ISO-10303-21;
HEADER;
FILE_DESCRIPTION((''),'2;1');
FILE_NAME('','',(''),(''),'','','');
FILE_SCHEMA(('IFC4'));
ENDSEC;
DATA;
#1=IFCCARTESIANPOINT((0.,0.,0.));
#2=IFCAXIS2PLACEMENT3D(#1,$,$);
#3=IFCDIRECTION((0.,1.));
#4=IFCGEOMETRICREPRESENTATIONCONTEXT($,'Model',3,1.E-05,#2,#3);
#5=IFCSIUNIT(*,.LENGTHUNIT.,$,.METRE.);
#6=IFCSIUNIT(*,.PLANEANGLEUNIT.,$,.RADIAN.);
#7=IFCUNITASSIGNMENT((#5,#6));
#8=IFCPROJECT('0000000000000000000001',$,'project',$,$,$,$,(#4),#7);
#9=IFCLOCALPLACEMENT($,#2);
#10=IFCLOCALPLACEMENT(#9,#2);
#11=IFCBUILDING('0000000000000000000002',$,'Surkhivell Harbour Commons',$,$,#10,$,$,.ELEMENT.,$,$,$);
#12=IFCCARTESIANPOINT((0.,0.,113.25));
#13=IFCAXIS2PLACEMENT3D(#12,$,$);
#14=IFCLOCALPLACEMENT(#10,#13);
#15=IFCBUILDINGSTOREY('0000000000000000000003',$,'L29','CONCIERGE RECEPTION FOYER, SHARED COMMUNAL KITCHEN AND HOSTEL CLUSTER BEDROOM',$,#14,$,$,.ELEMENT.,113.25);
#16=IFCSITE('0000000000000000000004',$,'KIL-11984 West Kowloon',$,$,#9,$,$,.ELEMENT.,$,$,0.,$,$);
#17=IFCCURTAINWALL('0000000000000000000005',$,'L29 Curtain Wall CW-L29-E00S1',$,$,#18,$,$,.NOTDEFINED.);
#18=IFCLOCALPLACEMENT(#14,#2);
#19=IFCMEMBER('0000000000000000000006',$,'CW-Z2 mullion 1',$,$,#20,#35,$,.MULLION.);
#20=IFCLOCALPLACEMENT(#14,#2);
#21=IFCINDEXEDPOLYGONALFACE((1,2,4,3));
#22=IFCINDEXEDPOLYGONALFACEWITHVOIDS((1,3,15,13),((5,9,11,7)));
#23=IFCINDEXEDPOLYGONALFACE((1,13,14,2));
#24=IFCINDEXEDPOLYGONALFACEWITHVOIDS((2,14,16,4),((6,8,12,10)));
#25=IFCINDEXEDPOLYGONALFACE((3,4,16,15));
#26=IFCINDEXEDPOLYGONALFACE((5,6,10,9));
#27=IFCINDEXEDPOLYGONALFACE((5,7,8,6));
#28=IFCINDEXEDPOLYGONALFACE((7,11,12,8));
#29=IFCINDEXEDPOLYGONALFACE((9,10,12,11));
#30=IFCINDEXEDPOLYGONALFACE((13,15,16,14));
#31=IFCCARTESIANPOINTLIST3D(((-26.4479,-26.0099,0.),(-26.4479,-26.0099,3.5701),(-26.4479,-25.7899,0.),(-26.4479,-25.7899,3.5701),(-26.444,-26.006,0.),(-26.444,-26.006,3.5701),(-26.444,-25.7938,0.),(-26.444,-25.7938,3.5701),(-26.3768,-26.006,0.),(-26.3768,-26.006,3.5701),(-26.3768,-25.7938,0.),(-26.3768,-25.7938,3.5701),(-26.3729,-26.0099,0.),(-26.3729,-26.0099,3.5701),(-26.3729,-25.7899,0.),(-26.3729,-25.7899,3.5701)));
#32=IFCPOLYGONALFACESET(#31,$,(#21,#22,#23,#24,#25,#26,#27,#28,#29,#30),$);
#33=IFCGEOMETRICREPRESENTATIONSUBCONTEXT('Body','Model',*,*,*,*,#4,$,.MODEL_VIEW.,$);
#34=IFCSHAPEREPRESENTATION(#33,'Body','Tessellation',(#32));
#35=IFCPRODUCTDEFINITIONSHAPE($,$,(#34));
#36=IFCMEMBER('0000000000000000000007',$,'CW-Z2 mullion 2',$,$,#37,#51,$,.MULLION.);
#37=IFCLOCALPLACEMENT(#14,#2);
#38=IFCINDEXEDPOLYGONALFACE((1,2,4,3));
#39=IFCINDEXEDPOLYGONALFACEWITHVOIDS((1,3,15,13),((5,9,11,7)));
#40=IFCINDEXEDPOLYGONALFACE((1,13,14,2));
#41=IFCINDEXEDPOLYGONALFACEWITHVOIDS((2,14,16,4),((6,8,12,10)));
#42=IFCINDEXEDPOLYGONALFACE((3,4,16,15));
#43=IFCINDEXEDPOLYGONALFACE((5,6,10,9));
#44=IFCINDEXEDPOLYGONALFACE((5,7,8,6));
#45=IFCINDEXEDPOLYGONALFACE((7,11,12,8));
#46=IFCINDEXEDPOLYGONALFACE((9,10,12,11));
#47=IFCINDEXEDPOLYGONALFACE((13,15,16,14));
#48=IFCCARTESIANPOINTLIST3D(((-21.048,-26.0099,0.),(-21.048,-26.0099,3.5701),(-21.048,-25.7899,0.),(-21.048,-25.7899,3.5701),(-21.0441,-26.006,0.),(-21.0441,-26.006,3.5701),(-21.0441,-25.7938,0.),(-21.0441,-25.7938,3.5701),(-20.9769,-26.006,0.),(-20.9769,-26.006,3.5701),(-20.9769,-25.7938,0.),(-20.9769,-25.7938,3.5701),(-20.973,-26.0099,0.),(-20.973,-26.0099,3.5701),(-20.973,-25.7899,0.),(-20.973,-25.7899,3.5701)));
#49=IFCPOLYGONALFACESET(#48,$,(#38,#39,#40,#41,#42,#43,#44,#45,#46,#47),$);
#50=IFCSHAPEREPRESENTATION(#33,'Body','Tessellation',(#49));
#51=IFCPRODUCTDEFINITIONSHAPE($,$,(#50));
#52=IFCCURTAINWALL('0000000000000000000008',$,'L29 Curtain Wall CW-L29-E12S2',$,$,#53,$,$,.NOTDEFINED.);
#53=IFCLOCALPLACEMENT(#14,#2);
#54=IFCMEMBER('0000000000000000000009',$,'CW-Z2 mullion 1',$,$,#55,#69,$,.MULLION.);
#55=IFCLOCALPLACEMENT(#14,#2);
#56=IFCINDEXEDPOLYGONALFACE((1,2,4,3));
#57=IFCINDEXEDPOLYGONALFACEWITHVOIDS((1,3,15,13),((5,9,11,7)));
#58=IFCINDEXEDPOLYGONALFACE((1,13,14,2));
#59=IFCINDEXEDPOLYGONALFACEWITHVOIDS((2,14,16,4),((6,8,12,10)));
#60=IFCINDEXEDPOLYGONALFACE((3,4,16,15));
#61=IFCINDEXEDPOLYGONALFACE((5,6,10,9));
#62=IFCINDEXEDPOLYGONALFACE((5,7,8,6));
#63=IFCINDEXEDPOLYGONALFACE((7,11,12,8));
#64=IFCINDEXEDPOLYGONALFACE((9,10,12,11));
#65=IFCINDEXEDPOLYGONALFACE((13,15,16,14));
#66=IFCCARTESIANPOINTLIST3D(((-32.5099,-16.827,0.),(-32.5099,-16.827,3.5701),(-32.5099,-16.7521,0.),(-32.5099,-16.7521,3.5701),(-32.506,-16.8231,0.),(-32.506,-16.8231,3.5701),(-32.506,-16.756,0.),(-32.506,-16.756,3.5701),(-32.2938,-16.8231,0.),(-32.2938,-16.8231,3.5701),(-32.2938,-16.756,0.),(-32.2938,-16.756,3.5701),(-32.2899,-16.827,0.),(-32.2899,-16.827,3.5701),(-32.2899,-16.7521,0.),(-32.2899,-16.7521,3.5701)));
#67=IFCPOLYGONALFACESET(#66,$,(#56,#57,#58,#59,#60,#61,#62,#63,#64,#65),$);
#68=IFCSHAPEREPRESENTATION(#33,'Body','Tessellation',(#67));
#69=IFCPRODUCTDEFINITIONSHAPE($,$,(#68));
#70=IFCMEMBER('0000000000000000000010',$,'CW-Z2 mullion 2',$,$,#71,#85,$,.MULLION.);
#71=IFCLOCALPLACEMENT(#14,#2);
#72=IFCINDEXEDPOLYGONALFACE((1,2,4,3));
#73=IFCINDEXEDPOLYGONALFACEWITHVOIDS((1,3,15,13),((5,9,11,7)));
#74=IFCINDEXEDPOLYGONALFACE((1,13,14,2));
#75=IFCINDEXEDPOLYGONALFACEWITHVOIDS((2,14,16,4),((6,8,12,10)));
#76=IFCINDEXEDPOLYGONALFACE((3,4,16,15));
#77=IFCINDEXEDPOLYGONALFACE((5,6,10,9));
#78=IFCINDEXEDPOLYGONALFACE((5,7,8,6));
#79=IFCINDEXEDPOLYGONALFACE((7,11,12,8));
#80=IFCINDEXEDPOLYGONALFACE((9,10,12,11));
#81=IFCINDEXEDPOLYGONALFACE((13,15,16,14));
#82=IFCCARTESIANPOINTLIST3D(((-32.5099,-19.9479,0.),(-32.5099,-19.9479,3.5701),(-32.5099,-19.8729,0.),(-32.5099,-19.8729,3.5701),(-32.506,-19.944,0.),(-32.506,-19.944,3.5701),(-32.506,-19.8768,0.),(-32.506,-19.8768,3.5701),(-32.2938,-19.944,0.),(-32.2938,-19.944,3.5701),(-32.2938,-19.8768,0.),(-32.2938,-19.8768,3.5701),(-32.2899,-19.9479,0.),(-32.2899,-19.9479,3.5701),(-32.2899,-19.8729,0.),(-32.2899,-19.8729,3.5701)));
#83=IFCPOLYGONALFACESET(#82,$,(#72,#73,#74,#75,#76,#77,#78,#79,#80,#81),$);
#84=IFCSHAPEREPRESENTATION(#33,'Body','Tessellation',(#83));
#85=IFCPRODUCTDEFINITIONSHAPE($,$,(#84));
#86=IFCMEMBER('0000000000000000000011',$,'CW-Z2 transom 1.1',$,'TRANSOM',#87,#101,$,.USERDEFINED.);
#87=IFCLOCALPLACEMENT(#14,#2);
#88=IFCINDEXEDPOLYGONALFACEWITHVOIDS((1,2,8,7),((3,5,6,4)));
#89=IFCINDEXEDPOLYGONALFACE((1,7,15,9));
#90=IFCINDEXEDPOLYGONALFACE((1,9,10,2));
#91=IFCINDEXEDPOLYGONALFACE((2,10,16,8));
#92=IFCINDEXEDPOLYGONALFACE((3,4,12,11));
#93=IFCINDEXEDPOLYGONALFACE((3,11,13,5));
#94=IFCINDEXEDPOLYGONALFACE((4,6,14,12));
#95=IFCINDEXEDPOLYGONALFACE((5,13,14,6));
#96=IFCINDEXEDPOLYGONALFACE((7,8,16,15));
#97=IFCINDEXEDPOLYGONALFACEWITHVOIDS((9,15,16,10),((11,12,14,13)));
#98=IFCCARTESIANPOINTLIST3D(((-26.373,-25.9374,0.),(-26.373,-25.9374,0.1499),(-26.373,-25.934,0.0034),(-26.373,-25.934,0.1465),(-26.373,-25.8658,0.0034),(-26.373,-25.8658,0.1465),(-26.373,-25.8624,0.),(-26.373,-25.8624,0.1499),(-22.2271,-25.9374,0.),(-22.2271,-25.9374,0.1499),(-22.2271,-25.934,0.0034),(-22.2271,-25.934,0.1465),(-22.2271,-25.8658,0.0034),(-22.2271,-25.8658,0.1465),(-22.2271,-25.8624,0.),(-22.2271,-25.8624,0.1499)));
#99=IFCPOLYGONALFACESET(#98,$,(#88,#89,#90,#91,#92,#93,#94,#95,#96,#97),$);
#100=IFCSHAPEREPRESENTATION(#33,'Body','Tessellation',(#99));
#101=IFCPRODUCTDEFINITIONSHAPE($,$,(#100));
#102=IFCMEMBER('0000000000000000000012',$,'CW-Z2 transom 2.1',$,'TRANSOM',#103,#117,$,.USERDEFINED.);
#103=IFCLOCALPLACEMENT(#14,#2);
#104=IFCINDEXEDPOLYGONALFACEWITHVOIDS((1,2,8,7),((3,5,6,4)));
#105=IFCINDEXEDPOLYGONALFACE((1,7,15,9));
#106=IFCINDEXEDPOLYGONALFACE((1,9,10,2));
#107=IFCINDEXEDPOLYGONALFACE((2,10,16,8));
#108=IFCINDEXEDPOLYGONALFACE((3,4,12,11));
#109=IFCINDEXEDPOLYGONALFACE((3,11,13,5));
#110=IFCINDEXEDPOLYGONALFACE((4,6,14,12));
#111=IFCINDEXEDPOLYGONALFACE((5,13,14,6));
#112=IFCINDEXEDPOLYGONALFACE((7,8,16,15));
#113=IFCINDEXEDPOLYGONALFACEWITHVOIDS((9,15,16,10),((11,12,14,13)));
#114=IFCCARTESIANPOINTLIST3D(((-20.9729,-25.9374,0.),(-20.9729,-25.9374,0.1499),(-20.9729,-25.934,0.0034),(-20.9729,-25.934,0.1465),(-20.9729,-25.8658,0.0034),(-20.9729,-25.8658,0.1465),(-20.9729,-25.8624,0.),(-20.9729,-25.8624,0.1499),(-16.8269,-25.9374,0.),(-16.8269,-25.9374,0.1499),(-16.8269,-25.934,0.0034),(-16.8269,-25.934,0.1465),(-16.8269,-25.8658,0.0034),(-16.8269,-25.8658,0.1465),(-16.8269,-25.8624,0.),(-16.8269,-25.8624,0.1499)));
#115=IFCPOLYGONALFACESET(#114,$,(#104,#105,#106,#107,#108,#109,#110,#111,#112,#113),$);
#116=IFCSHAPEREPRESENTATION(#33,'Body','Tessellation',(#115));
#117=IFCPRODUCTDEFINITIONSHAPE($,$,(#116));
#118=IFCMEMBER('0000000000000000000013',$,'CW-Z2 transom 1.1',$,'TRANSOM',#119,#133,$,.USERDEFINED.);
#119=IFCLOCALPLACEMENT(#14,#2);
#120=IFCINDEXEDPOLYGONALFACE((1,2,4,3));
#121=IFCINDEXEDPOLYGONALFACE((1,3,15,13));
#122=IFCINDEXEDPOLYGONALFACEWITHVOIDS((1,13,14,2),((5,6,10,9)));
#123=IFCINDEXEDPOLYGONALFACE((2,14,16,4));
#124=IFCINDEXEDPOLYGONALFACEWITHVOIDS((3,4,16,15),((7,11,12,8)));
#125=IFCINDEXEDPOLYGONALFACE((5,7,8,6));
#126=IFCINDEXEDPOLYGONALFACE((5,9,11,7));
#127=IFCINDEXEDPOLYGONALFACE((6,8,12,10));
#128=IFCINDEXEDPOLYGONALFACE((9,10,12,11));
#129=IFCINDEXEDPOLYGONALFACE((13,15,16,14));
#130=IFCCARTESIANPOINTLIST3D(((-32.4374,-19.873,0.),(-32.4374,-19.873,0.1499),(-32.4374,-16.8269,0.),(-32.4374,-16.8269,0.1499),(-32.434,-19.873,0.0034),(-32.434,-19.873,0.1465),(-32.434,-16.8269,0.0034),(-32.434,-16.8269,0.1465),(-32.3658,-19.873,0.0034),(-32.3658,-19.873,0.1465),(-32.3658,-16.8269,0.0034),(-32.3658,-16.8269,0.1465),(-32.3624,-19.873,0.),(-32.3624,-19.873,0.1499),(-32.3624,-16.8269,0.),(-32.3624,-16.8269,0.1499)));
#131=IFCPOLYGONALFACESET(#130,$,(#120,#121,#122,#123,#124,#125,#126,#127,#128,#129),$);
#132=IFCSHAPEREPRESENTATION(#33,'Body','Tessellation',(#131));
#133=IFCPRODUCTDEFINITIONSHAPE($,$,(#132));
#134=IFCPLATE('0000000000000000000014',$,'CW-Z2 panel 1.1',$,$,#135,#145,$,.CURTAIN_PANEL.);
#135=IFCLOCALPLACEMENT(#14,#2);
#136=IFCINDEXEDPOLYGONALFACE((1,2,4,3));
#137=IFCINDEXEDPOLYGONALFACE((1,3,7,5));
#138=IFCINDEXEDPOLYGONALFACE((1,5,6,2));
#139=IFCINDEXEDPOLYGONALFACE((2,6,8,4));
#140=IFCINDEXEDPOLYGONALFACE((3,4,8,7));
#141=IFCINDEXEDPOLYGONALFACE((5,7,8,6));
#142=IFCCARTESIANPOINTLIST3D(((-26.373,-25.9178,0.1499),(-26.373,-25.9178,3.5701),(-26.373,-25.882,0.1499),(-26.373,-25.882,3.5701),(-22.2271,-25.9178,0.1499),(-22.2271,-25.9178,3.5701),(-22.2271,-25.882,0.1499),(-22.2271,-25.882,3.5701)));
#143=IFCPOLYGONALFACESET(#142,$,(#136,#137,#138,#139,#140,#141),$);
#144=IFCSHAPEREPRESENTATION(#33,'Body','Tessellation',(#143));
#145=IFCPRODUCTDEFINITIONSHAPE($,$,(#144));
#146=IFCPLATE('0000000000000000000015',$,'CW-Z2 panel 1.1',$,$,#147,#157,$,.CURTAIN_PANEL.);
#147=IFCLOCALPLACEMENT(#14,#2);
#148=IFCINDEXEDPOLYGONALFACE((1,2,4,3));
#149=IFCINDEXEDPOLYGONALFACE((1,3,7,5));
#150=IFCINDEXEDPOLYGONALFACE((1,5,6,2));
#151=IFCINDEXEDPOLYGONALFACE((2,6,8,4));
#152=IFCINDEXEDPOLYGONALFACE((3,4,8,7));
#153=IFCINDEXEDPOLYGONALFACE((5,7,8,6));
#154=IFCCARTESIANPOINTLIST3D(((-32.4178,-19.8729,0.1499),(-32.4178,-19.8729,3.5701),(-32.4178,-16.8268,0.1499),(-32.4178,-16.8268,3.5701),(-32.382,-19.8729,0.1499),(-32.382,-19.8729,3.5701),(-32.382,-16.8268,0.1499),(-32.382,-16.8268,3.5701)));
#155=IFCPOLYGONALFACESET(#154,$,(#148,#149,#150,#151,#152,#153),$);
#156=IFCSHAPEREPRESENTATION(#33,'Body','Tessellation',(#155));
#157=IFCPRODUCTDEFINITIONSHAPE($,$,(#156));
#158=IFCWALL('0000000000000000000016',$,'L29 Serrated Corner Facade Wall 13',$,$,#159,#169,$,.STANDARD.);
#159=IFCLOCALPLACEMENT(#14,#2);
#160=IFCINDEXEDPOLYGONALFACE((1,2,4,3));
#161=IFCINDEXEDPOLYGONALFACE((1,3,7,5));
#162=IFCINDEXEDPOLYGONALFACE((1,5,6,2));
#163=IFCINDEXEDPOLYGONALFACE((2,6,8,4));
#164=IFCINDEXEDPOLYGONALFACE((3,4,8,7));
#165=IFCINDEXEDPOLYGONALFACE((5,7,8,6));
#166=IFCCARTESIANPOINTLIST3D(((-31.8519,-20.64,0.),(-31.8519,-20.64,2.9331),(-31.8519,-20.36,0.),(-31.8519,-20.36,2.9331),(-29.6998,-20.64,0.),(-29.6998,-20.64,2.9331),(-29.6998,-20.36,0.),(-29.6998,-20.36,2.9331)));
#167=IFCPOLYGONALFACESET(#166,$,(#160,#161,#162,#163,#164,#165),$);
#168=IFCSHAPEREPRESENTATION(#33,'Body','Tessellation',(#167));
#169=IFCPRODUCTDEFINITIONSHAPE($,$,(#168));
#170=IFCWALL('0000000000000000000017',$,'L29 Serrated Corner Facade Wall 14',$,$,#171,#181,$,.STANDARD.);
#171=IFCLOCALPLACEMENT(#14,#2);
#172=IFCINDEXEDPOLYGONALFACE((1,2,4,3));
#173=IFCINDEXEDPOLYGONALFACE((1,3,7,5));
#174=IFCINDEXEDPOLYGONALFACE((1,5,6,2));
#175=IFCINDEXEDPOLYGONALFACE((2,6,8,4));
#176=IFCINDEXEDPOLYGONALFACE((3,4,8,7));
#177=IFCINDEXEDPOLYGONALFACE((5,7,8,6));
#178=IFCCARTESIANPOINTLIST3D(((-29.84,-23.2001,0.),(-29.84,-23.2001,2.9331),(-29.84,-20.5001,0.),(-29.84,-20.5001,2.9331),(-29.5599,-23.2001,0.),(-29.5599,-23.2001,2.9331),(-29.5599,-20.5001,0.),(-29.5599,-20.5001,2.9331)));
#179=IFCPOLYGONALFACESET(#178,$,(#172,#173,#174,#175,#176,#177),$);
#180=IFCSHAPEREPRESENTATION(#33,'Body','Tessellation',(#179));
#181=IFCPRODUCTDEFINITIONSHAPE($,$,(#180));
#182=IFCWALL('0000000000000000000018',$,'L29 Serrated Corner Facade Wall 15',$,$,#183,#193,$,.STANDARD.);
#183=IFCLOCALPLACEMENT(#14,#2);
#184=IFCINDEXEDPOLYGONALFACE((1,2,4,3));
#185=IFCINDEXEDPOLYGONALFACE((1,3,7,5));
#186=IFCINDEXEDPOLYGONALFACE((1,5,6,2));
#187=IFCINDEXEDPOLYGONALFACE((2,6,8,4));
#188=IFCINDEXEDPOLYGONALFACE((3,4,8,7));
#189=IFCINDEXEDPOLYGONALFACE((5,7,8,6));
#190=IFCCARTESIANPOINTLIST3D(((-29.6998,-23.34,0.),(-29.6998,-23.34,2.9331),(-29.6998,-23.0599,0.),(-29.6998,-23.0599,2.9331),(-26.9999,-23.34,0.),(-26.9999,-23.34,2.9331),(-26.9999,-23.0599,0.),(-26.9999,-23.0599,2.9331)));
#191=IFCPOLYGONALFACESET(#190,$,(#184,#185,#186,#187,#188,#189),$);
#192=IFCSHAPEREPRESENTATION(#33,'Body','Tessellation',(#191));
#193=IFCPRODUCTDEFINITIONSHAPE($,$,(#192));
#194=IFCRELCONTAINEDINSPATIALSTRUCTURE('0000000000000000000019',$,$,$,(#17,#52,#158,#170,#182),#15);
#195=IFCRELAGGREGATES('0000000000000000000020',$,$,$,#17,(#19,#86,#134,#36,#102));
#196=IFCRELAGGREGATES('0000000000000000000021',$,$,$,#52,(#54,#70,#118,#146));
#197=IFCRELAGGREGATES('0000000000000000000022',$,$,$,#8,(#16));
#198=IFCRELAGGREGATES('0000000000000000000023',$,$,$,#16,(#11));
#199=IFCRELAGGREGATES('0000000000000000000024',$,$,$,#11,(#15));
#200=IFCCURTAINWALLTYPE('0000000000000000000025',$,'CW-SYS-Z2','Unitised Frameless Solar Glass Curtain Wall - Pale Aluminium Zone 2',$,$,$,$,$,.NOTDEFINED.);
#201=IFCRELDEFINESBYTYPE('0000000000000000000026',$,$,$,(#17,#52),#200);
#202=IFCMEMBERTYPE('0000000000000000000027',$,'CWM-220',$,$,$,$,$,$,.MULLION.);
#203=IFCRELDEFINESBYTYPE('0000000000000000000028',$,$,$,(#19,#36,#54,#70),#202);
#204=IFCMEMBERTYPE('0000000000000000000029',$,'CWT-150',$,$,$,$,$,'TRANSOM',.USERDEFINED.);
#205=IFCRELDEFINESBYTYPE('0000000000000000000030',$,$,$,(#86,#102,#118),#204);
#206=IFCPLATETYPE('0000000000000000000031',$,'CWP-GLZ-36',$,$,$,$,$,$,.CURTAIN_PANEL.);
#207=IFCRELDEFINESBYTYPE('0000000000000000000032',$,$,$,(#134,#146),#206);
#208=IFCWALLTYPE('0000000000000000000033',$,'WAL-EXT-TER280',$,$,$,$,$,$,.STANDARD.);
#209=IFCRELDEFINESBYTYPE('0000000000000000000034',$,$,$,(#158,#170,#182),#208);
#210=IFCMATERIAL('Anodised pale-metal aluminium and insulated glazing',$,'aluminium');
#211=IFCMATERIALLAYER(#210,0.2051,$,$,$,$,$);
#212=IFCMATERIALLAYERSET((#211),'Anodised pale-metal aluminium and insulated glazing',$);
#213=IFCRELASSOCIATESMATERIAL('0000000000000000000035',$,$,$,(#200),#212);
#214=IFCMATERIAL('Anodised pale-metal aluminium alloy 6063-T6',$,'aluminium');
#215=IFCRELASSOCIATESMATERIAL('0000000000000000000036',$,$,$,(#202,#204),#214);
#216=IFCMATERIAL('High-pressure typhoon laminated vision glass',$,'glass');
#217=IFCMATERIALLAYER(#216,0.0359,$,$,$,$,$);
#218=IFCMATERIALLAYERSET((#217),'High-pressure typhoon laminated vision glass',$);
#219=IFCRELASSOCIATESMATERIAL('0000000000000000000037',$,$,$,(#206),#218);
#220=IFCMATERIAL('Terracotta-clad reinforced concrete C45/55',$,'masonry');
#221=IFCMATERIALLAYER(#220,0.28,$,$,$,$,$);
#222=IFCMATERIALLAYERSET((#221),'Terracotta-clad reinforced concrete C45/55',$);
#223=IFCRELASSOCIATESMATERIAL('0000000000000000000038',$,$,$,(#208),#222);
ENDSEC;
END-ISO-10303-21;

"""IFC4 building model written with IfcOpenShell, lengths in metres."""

from ifc_helpers import new_model, si_unit, direction, frame, frame_2d, origin, origin_2d, place, context, subcontext, project, spatial, rectangle, hollow_rectangle, extrude, material, layer, layer_set, material_profile, profile_set, type_object, element, aggregate, save


model = new_model("IFC4")

# Units and contexts
model_context = context("Model", 3, precision=1e-05, world=origin(), true_north=direction((0.0, 1.0)))
body_context = subcontext(model_context, "Body", "Model", "MODEL_VIEW")
ifc_project = project(units=[si_unit("LENGTHUNIT", "METRE"), si_unit("PLANEANGLEUNIT", "RADIAN")], contexts=[model_context])

# Site, building, storey
site_placement = place(None, origin())
site = spatial("IfcSite", under=ifc_project, at=site_placement, Name="KIL-11984 West Kowloon", CompositionType="ELEMENT", RefElevation=0.0)
building_placement = place(site_placement, origin())
building = spatial("IfcBuilding", under=site, at=building_placement, Name="Surkhivell Harbour Commons", CompositionType="ELEMENT")
storey_placement = place(building_placement, frame((0.0, 0.0, 113.25)))
storey = spatial("IfcBuildingStorey", under=building, at=storey_placement, Name="L29", Description="CONCIERGE RECEPTION FOYER, SHARED COMMUNAL KITCHEN AND HOSTEL CLUSTER BEDROOM", CompositionType="ELEMENT", Elevation=113.25)

# Curtain walls, members
ifc_material_1 = material(Name="Anodised pale-metal aluminium and insulated glazing", Category="aluminium")
ifc_layer_1 = layer(ifc_material_1, 0.2051)
ifc_layer_set_1 = layer_set([ifc_layer_1], Name="Anodised pale-metal aluminium and insulated glazing")
curtain_wall_type = type_object("IfcCurtainWallType", Name="CW-SYS-Z2", Description="Unitised Frameless Solar Glass Curtain Wall - Pale Aluminium Zone 2", PredefinedType="NOTDEFINED", material=ifc_layer_set_1)
curtain_wall_1_placement = place(storey_placement, origin())
curtain_wall_1 = element("IfcCurtainWall", 1, at=curtain_wall_1_placement, inside=storey, type_object=curtain_wall_type, Name="L29 Curtain Wall CW-L29-E00S1", PredefinedType="NOTDEFINED")
ifc_material_2 = material(Name="Anodised pale-metal aluminium alloy 6063-T6", Category="aluminium")
ifc_material_profile_1 = material_profile(ifc_material_2, hollow_rectangle(XDim=0.075, YDim=0.22, WallThickness=0.0039, at=origin_2d()), Name="ALU-MULL-75x220")
ifc_profile_set_1 = profile_set([ifc_material_profile_1], Name="Anodised pale-metal aluminium alloy 6063-T6")
member_type_1 = type_object("IfcMemberType", Name="CWM-220", PredefinedType="MULLION", material=ifc_profile_set_1)
member_1_placement = place(storey_placement, frame((-26.4104, -25.8999, 0.0), z_axis=(0.0, 0.0, 1.0), x_axis=(1.0, 0.0, 0.0)))
member_1 = element("IfcMember", 2, at=member_1_placement, type_object=member_type_1, Name="CW-Z2 mullion 1", PredefinedType="MULLION", context=body_context, shape_type="SweptSolid", body=[
    extrude(hollow_rectangle(XDim=0.075, YDim=0.22, WallThickness=0.0039, at=origin_2d()), origin(), (0.0, 0.0, 1.0), 3.5701),
])
member_2_placement = place(storey_placement, frame((-21.0105, -25.8999, 0.0), z_axis=(0.0, 0.0, 1.0), x_axis=(1.0, 0.0, 0.0)))
member_2 = element("IfcMember", 3, at=member_2_placement, type_object=member_type_1, Name="CW-Z2 mullion 2", PredefinedType="MULLION", context=body_context, shape_type="SweptSolid", body=[
    extrude(hollow_rectangle(XDim=0.075, YDim=0.22, WallThickness=0.0039, at=origin_2d()), origin(), (0.0, 0.0, 1.0), 3.5701),
])
curtain_wall_2_placement = place(storey_placement, origin())
curtain_wall_2 = element("IfcCurtainWall", 4, at=curtain_wall_2_placement, inside=storey, type_object=curtain_wall_type, Name="L29 Curtain Wall CW-L29-E12S2", PredefinedType="NOTDEFINED")
member_3_placement = place(storey_placement, frame((-32.3999, -16.7896, 0.0), z_axis=(0.0, 0.0, 1.0), x_axis=(0.0, -1.0, 0.0)))
member_3 = element("IfcMember", 5, at=member_3_placement, type_object=member_type_1, Name="CW-Z2 mullion 1", PredefinedType="MULLION", context=body_context, shape_type="SweptSolid", body=[
    extrude(hollow_rectangle(XDim=0.075, YDim=0.22, WallThickness=0.0039, at=origin_2d()), origin(), (0.0, 0.0, 1.0), 3.5701),
])
member_4_placement = place(storey_placement, frame((-32.3999, -19.9104, 0.0), z_axis=(0.0, 0.0, 1.0), x_axis=(0.0, -1.0, 0.0)))
member_4 = element("IfcMember", 6, at=member_4_placement, type_object=member_type_1, Name="CW-Z2 mullion 2", PredefinedType="MULLION", context=body_context, shape_type="SweptSolid", body=[
    extrude(hollow_rectangle(XDim=0.075, YDim=0.22, WallThickness=0.0039, at=origin_2d()), origin(), (0.0, 0.0, 1.0), 3.5701),
])

# Members
ifc_material_profile_2 = material_profile(ifc_material_2, hollow_rectangle(XDim=0.075, YDim=0.1499, WallThickness=0.0034, at=origin_2d()), Name="ALU-TRAN-75x150")
ifc_profile_set_2 = profile_set([ifc_material_profile_2], Name="Anodised pale-metal aluminium alloy 6063-T6")
member_type_2 = type_object("IfcMemberType", Name="CWT-150", ElementType="TRANSOM", PredefinedType="USERDEFINED", material=ifc_profile_set_2)
member_5_placement = place(storey_placement, frame((-26.373, -25.8999, 0.075), z_axis=(1.0, 0.0, 0.0), x_axis=(0.0, 1.0, 0.0)))
member_5 = element("IfcMember", 7, at=member_5_placement, type_object=member_type_2, Name="CW-Z2 transom 1.1", ObjectType="TRANSOM", PredefinedType="USERDEFINED", context=body_context, shape_type="SweptSolid", body=[
    extrude(hollow_rectangle(XDim=0.075, YDim=0.1499, WallThickness=0.0034, at=origin_2d()), origin(), (0.0, 0.0, 1.0), 4.146),
])
member_6_placement = place(storey_placement, frame((-20.9729, -25.8999, 0.075), z_axis=(1.0, 0.0, 0.0), x_axis=(0.0, 1.0, 0.0)))
member_6 = element("IfcMember", 8, at=member_6_placement, type_object=member_type_2, Name="CW-Z2 transom 2.1", ObjectType="TRANSOM", PredefinedType="USERDEFINED", context=body_context, shape_type="SweptSolid", body=[
    extrude(hollow_rectangle(XDim=0.075, YDim=0.1499, WallThickness=0.0034, at=origin_2d()), origin(), (0.0, 0.0, 1.0), 4.146),
])
member_7_placement = place(storey_placement, frame((-32.3999, -16.8269, 0.075), z_axis=(0.0, -1.0, 0.0), x_axis=(1.0, 0.0, 0.0)))
member_7 = element("IfcMember", 9, at=member_7_placement, type_object=member_type_2, Name="CW-Z2 transom 1.1", ObjectType="TRANSOM", PredefinedType="USERDEFINED", context=body_context, shape_type="SweptSolid", body=[
    extrude(hollow_rectangle(XDim=0.075, YDim=0.1499, WallThickness=0.0034, at=origin_2d()), origin(), (0.0, 0.0, 1.0), 3.0461),
])

# Plates
ifc_material_3 = material(Name="High-pressure typhoon laminated vision glass", Category="glass")
ifc_layer_2 = layer(ifc_material_3, 0.0359)
ifc_layer_set_2 = layer_set([ifc_layer_2], Name="High-pressure typhoon laminated vision glass")
plate_type = type_object("IfcPlateType", Name="CWP-GLZ-36", PredefinedType="CURTAIN_PANEL", material=ifc_layer_set_2)
plate_1_placement = place(storey_placement, frame((-26.373, -25.8999, 0.1499), z_axis=(0.0, 0.0, 1.0), x_axis=(1.0, 0.0, 0.0)))
plate_1 = element("IfcPlate", 10, at=plate_1_placement, type_object=plate_type, Name="CW-Z2 panel 1.1", PredefinedType="CURTAIN_PANEL", context=body_context, shape_type="SweptSolid", body=[
    extrude(rectangle(XDim=4.146, YDim=0.0359, at=frame_2d((2.073, 0.0))), origin(), (0.0, 0.0, 1.0), 3.4202),
])
aggregate(curtain_wall_1, [member_1, member_5, plate_1, member_2, member_6])
plate_2_placement = place(storey_placement, frame((-32.3999, -16.8269, 0.1499), z_axis=(0.0, 0.0, 1.0), x_axis=(0.0, -1.0, 0.0)))
plate_2 = element("IfcPlate", 11, at=plate_2_placement, type_object=plate_type, Name="CW-Z2 panel 1.1", PredefinedType="CURTAIN_PANEL", context=body_context, shape_type="SweptSolid", body=[
    extrude(rectangle(XDim=3.0461, YDim=0.0359, at=frame_2d((1.5229, 0.0))), origin(), (0.0, 0.0, 1.0), 3.4202),
])
aggregate(curtain_wall_2, [member_3, member_4, member_7, plate_2])

# Walls
ifc_material_4 = material(Name="Terracotta-clad reinforced concrete C45/55", Category="masonry")
ifc_layer_3 = layer(ifc_material_4, 0.28)
ifc_layer_set_3 = layer_set([ifc_layer_3], Name="Terracotta-clad reinforced concrete C45/55")
wall_type = type_object("IfcWallType", Name="WAL-EXT-TER280", PredefinedType="STANDARD", material=ifc_layer_set_3)
wall_1_placement = place(storey_placement, frame((-31.8521, -20.5, 0.0), z_axis=(0.0, 0.0, 1.0), x_axis=(1.0, 0.0, 0.0)))
element("IfcWall", 12, at=wall_1_placement, inside=storey, type_object=wall_type, Name="L29 Serrated Corner Facade Wall 13", PredefinedType="STANDARD", context=body_context, shape_type="SweptSolid", body=[
    extrude(rectangle(XDim=2.1521, YDim=0.28, at=frame_2d((1.0762, 0.0))), origin(), (0.0, 0.0, 1.0), 2.9331),
])
for number, where, z_axis, x_axis, name in (
    (13, (-29.7, -20.5, 0.0), (0.0, 0.0, 1.0), (0.0, -1.0, 0.0), "L29 Serrated Corner Facade Wall 14"),
    (14, (-29.7, -23.2, 0.0), (0.0, 0.0, 1.0), (1.0, 0.0, 0.0), "L29 Serrated Corner Facade Wall 15"),
):
    element("IfcWall", number, at=place(storey_placement, frame(where, z_axis=z_axis, x_axis=x_axis)), inside=storey, type_object=wall_type, Name=name, PredefinedType="STANDARD", context=body_context, shape_type="SweptSolid", body=[
        extrude(rectangle(XDim=2.7, YDim=0.28, at=frame_2d((1.3501, 0.0))), origin(), (0.0, 0.0, 1.0), 2.9331),
    ])

save(model, "model.ifc")
